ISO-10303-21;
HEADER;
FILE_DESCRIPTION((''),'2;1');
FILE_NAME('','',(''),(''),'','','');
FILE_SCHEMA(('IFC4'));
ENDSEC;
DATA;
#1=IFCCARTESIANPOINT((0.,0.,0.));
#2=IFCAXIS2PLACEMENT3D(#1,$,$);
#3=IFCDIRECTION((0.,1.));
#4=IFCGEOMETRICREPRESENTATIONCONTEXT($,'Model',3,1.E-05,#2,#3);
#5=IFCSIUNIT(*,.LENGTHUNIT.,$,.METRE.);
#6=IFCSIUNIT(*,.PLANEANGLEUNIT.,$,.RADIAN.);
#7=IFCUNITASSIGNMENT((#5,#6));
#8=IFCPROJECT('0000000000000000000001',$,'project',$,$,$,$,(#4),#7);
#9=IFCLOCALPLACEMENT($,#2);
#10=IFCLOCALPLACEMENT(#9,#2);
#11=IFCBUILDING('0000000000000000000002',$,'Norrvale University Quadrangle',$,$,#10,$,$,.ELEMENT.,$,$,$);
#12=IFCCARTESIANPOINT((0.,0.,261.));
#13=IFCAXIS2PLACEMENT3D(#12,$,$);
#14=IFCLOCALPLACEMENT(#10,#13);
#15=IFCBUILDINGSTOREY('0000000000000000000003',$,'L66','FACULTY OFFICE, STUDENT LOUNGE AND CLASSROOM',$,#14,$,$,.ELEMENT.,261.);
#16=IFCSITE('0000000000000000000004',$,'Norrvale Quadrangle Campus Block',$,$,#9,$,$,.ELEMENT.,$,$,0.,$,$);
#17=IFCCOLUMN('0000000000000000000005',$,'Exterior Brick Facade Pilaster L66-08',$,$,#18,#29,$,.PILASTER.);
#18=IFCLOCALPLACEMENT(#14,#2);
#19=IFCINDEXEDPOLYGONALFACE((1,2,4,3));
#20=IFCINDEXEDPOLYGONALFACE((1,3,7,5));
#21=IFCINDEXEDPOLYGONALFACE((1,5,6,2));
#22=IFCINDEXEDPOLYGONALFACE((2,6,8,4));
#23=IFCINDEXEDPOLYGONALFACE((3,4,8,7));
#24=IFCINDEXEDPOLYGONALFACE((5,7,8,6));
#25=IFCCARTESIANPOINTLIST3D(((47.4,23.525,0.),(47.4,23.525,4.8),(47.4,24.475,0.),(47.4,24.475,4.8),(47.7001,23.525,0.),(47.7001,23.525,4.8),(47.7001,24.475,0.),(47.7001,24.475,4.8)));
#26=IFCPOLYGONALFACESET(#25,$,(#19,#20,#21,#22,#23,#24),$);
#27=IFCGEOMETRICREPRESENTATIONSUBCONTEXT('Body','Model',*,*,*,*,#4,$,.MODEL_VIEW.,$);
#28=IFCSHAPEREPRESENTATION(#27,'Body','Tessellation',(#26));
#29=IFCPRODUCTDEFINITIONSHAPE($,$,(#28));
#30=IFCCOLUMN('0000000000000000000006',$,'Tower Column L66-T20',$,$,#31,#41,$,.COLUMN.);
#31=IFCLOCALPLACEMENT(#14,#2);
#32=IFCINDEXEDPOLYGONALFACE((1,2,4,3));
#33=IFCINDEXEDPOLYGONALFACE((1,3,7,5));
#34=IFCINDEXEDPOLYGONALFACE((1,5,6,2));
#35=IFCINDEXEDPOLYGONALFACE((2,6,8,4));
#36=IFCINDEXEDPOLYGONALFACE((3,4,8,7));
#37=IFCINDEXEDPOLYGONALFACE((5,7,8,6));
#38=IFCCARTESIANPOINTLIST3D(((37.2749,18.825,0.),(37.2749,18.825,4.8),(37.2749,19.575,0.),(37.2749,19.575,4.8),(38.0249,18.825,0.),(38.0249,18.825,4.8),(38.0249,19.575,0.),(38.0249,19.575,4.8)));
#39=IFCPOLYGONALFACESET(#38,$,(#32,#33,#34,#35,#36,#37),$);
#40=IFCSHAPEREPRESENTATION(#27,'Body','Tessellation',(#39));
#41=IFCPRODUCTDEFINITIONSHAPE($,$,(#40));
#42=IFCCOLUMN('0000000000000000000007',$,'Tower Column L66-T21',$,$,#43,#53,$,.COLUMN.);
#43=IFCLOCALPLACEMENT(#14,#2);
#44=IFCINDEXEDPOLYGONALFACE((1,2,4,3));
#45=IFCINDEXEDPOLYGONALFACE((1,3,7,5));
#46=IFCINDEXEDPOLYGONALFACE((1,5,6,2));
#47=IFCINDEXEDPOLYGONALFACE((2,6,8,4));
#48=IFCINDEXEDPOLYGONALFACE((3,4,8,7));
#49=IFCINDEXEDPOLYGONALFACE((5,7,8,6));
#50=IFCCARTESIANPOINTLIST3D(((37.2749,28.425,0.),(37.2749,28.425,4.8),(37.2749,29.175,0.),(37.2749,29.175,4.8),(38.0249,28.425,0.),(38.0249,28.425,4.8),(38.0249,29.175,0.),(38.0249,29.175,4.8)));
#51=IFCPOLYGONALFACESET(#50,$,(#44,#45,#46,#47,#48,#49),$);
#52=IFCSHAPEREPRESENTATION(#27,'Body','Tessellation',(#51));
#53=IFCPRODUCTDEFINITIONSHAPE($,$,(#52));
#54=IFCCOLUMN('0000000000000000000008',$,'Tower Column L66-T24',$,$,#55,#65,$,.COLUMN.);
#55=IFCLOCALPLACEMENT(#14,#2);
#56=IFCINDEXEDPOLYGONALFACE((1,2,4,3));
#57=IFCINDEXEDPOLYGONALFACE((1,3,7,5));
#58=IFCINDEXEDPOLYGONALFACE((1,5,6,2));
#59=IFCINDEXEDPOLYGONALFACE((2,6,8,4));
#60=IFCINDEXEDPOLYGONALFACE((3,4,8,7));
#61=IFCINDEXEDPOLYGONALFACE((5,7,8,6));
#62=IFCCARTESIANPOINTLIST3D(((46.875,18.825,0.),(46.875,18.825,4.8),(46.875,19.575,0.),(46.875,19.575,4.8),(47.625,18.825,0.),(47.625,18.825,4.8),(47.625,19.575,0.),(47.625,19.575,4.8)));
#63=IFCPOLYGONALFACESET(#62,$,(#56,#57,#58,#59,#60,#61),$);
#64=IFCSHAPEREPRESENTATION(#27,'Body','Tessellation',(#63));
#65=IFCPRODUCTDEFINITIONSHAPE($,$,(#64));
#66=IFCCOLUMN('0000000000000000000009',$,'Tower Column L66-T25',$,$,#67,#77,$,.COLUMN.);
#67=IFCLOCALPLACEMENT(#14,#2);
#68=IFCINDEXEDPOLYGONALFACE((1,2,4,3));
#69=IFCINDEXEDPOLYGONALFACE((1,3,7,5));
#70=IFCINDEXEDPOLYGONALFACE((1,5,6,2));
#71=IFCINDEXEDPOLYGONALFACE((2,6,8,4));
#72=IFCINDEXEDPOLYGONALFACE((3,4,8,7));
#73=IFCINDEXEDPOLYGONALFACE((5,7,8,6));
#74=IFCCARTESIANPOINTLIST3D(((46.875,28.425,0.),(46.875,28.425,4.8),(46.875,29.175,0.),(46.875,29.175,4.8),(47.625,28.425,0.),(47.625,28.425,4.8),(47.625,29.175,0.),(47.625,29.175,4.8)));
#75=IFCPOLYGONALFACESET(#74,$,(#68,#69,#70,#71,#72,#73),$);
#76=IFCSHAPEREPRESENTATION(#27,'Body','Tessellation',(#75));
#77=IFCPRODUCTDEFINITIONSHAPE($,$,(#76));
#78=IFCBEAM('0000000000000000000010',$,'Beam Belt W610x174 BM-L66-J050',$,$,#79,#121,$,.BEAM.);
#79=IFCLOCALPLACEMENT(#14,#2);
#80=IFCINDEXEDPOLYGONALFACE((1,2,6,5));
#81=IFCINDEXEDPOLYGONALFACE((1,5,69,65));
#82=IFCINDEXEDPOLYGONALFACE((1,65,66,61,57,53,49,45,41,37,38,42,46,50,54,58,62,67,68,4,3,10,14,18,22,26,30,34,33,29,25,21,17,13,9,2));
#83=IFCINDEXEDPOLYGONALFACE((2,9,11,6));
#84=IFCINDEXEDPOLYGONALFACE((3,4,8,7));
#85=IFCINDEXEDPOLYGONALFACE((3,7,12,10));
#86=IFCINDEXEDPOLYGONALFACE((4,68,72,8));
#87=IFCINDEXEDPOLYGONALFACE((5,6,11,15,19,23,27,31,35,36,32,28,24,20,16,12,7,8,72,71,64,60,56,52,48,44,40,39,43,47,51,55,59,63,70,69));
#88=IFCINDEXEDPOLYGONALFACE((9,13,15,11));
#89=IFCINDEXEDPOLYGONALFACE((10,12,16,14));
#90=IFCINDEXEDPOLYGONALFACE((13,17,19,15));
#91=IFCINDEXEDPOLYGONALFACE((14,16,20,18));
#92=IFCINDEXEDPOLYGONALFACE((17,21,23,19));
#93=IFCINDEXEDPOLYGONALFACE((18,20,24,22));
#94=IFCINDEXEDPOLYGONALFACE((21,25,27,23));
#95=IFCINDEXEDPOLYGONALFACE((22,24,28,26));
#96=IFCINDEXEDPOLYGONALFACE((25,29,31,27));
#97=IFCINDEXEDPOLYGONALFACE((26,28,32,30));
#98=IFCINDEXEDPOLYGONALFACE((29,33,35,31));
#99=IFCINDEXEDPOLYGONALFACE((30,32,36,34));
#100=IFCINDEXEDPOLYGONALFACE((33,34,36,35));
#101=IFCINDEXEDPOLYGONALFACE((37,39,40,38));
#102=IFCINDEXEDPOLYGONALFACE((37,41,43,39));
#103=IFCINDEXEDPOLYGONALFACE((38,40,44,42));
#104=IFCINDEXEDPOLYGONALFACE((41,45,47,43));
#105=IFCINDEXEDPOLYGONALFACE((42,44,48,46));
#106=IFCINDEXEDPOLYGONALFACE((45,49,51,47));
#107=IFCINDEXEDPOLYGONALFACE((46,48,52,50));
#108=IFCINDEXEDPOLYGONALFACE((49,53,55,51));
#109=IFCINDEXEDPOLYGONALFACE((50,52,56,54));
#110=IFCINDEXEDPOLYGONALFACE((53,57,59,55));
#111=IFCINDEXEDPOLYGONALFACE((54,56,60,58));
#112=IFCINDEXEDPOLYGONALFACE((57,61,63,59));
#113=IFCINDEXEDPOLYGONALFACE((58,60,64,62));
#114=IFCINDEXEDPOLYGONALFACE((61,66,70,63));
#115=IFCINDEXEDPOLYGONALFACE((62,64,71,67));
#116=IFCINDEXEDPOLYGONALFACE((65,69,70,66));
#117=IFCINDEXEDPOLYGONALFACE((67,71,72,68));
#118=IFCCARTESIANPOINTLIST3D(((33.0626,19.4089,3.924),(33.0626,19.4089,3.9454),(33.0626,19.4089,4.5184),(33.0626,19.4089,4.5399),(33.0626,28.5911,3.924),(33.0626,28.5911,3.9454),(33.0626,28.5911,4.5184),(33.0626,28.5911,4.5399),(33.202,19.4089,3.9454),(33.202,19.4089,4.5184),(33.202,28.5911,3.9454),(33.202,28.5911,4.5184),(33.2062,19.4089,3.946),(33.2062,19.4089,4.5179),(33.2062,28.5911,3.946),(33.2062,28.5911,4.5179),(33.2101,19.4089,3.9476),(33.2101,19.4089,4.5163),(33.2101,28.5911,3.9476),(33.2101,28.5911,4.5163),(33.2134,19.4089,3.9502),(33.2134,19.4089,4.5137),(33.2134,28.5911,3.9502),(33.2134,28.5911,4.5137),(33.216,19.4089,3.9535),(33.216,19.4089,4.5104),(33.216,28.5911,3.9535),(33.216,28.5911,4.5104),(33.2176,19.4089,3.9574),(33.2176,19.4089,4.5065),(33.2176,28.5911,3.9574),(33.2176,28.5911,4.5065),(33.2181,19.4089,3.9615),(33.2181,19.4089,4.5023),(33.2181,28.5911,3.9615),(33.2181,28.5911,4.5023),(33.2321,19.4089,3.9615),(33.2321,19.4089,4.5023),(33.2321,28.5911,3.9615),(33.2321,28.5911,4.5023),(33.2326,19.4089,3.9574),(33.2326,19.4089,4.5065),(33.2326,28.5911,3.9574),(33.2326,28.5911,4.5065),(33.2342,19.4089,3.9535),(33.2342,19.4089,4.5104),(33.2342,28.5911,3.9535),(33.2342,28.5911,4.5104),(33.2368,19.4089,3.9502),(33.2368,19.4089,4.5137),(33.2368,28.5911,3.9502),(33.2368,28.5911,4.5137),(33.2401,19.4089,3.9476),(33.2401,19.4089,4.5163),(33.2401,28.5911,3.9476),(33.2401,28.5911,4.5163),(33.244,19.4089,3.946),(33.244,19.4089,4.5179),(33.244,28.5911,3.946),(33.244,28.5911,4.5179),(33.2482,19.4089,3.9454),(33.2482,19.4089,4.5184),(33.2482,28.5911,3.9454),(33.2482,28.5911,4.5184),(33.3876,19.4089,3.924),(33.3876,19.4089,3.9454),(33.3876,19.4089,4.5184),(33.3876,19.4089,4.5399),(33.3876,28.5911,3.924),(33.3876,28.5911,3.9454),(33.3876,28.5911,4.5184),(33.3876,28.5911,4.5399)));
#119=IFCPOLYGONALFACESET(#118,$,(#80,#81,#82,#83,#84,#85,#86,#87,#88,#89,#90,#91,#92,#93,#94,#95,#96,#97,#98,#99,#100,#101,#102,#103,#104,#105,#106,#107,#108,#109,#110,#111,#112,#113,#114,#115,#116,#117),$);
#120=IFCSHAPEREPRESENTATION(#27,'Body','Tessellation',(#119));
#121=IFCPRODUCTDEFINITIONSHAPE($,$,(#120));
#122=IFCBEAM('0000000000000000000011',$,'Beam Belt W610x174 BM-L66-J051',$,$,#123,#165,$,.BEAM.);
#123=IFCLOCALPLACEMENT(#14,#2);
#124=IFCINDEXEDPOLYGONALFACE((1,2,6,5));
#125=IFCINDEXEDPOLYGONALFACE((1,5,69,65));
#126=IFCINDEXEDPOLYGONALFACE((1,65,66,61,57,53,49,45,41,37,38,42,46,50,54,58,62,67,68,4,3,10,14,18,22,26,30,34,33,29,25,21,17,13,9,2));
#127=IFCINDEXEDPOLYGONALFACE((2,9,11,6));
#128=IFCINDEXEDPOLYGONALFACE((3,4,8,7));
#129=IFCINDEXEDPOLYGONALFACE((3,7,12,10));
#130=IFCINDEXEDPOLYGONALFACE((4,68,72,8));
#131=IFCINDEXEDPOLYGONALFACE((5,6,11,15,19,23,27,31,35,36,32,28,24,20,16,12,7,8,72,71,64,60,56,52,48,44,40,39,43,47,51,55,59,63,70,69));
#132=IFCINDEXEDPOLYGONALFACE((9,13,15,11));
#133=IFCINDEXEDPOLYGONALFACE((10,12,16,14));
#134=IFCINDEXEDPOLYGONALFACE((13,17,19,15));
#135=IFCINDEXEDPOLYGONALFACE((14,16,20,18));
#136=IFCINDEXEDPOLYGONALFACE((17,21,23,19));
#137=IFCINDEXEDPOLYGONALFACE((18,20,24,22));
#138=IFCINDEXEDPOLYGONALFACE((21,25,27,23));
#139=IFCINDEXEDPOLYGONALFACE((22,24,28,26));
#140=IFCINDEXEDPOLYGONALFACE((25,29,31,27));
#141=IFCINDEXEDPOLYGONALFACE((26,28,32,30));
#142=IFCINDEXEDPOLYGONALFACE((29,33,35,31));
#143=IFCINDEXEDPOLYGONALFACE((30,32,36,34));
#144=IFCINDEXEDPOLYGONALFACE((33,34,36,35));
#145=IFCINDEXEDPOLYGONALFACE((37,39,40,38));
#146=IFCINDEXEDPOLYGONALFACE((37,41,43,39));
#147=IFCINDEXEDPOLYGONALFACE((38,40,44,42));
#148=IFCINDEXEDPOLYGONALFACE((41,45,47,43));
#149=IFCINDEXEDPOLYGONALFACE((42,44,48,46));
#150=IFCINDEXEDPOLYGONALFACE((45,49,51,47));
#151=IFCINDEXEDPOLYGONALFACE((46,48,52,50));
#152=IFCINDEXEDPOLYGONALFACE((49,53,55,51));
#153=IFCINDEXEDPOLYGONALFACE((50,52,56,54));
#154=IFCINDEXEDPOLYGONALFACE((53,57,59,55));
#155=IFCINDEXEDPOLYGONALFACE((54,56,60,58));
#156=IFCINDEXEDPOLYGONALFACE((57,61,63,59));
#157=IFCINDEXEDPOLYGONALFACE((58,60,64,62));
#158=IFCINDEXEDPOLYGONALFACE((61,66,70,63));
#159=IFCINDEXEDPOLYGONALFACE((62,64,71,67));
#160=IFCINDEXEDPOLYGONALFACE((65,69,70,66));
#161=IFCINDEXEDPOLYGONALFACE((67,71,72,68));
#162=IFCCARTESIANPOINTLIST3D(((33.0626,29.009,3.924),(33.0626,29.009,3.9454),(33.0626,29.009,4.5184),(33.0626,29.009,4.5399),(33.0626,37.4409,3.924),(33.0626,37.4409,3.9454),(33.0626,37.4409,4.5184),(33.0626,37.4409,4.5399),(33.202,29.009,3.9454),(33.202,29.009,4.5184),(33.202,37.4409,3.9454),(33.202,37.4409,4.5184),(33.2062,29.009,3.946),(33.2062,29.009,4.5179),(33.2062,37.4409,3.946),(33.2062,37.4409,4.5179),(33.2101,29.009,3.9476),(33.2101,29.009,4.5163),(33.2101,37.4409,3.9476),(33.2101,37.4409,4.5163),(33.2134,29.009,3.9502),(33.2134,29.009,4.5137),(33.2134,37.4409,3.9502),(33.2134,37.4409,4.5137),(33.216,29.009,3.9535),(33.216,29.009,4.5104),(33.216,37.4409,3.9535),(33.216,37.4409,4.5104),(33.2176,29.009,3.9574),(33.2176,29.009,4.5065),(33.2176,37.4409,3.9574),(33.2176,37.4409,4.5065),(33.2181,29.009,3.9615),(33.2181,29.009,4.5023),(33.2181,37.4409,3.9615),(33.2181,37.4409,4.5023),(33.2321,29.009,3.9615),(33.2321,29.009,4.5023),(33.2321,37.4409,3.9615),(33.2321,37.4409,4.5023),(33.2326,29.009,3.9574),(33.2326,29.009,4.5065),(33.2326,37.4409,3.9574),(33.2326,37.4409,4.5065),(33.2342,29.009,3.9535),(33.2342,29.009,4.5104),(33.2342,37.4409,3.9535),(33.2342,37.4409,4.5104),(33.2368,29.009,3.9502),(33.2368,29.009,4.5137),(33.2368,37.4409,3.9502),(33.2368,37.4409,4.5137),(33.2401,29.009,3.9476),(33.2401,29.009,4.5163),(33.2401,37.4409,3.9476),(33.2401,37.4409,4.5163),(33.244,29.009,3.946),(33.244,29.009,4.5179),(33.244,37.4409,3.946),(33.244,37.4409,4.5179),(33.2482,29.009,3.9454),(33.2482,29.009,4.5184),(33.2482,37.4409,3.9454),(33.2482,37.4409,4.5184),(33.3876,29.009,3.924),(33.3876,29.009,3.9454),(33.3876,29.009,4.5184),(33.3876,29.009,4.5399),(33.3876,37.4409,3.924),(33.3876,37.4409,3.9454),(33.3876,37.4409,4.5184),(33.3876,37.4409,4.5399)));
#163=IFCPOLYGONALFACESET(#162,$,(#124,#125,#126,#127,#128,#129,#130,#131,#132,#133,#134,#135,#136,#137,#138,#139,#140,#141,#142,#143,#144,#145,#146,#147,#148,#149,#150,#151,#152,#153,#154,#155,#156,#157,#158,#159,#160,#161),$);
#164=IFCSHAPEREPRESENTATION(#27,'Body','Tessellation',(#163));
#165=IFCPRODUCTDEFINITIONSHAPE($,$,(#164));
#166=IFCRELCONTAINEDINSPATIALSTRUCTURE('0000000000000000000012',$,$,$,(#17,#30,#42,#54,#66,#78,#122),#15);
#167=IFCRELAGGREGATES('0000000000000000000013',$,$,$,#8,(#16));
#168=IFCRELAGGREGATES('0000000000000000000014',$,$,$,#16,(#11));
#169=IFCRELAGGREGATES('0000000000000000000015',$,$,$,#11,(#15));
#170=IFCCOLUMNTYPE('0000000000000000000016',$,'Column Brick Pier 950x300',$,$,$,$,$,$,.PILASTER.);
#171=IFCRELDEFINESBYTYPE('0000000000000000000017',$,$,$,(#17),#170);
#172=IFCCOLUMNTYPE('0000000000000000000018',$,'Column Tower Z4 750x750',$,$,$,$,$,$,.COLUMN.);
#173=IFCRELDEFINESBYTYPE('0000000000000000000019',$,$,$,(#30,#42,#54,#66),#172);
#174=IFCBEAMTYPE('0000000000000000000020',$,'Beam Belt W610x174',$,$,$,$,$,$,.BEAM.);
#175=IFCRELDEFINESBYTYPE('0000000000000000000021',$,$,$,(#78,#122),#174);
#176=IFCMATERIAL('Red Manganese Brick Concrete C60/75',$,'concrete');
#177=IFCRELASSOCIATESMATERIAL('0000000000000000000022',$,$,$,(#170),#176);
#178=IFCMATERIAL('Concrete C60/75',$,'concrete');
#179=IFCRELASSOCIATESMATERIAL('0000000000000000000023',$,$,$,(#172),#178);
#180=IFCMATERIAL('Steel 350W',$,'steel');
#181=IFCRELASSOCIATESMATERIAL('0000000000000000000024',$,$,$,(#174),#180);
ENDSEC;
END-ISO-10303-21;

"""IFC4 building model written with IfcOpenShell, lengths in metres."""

from ifc_helpers import new_model, si_unit, direction, frame, origin, origin_2d, place, context, subcontext, project, spatial, rectangle, i_section, extrude, material, material_profile, profile_set, type_object, element, save


model = new_model("IFC4")

# Units and contexts
model_context = context("Model", 3, precision=1e-05, world=origin(), true_north=direction((0.0, 1.0)))
body_context = subcontext(model_context, "Body", "Model", "MODEL_VIEW")
ifc_project = project(units=[si_unit("LENGTHUNIT", "METRE"), si_unit("PLANEANGLEUNIT", "RADIAN")], contexts=[model_context])

# Site, building, storey
site_placement = place(None, origin())
site = spatial("IfcSite", under=ifc_project, at=site_placement, Name="Norrvale Quadrangle Campus Block", CompositionType="ELEMENT", RefElevation=0.0)
building_placement = place(site_placement, origin())
building = spatial("IfcBuilding", under=site, at=building_placement, Name="Norrvale University Quadrangle", CompositionType="ELEMENT")
storey_placement = place(building_placement, frame((0.0, 0.0, 261.0)))
storey = spatial("IfcBuildingStorey", under=building, at=storey_placement, Name="L66", Description="FACULTY OFFICE, STUDENT LOUNGE AND CLASSROOM", CompositionType="ELEMENT", Elevation=261.0)

# Columns
ifc_material_1 = material(Name="Red Manganese Brick Concrete C60/75", Category="concrete")
ifc_material_profile_1 = material_profile(ifc_material_1, rectangle(XDim=0.95, YDim=0.3, at=origin_2d()), Name="Red Manganese Brick Concrete C60/75")
ifc_profile_set_1 = profile_set([ifc_material_profile_1], Name="Red Manganese Brick Concrete C60/75")
column_type_1 = type_object("IfcColumnType", Name="Column Brick Pier 950x300", PredefinedType="PILASTER", material=ifc_profile_set_1)
column_placement = place(storey_placement, frame((47.55, 24.0, 0.0), z_axis=(0.0, 0.0, 1.0), x_axis=(0.0, 1.0, 0.0)))
element("IfcColumn", 1, at=column_placement, inside=storey, type_object=column_type_1, Name="Exterior Brick Facade Pilaster L66-08", PredefinedType="PILASTER", context=body_context, shape_type="SweptSolid", body=[
    extrude(rectangle(XDim=0.95, YDim=0.3, at=origin_2d()), origin(), (0.0, 0.0, 1.0), 4.8),
])
ifc_material_2 = material(Name="Concrete C60/75", Category="concrete")
ifc_material_profile_2 = material_profile(ifc_material_2, rectangle(XDim=0.75, YDim=0.75, at=origin_2d()), Name="Concrete C60/75")
ifc_profile_set_2 = profile_set([ifc_material_profile_2], Name="Concrete C60/75")
column_type_2 = type_object("IfcColumnType", Name="Column Tower Z4 750x750", PredefinedType="COLUMN", material=ifc_profile_set_2)
for number, where, z_axis, x_axis, name in (
    (2, (37.6499, 19.2, 0.0), (0.0, 0.0, 1.0), (1.0, 0.0, 0.0), "Tower Column L66-T20"),
    (3, (37.6499, 28.8, 0.0), (0.0, 0.0, 1.0), (1.0, 0.0, 0.0), "Tower Column L66-T21"),
    (4, (47.25, 19.2, 0.0), (0.0, 0.0, 1.0), (1.0, 0.0, 0.0), "Tower Column L66-T24"),
    (5, (47.25, 28.8, 0.0), (0.0, 0.0, 1.0), (1.0, 0.0, 0.0), "Tower Column L66-T25"),
):
    element("IfcColumn", number, at=place(storey_placement, frame(where, z_axis=z_axis, x_axis=x_axis)), inside=storey, type_object=column_type_2, Name=name, PredefinedType="COLUMN", context=body_context, shape_type="SweptSolid", body=[
        extrude(rectangle(XDim=0.75, YDim=0.75, at=origin_2d()), origin(), (0.0, 0.0, 1.0), 4.8),
    ])

# Beams
ifc_material_3 = material(Name="Steel 350W", Category="steel")
ifc_material_profile_3 = material_profile(ifc_material_3, i_section(OverallWidth=0.325, OverallDepth=0.616, WebThickness=0.0139, FlangeThickness=0.0215, FilletRadius=0.0161, at=origin_2d()), Name="Steel 350W")
ifc_profile_set_3 = profile_set([ifc_material_profile_3], Name="Steel 350W")
beam_type_1 = type_object("IfcBeamType", Name="Beam Belt W610x174", PredefinedType="BEAM", material=ifc_profile_set_3)
beam_1_placement = place(storey_placement, frame((33.2251, 19.4089, 4.2319), z_axis=(0.0, 1.0, 0.0), x_axis=(-1.0, 0.0, 0.0)))
element("IfcBeam", 6, at=beam_1_placement, inside=storey, type_object=beam_type_1, Name="Beam Belt W610x174 BM-L66-J050", PredefinedType="BEAM", context=body_context, shape_type="SweptSolid", body=[
    extrude(i_section(OverallWidth=0.325, OverallDepth=0.616, WebThickness=0.0139, FlangeThickness=0.0215, FilletRadius=0.0161, at=origin_2d()), origin(), (0.0, 0.0, 1.0), 9.1821),
])
beam_2_placement = place(storey_placement, frame((33.2251, 29.009, 4.2319), z_axis=(0.0, 1.0, 0.0), x_axis=(-1.0, 0.0, 0.0)))
element("IfcBeam", 7, at=beam_2_placement, inside=storey, type_object=beam_type_1, Name="Beam Belt W610x174 BM-L66-J051", PredefinedType="BEAM", context=body_context, shape_type="SweptSolid", body=[
    extrude(i_section(OverallWidth=0.325, OverallDepth=0.616, WebThickness=0.0139, FlangeThickness=0.0215, FilletRadius=0.0161, at=origin_2d()), origin(), (0.0, 0.0, 1.0), 8.4319),
])

save(model, "model.ifc")
